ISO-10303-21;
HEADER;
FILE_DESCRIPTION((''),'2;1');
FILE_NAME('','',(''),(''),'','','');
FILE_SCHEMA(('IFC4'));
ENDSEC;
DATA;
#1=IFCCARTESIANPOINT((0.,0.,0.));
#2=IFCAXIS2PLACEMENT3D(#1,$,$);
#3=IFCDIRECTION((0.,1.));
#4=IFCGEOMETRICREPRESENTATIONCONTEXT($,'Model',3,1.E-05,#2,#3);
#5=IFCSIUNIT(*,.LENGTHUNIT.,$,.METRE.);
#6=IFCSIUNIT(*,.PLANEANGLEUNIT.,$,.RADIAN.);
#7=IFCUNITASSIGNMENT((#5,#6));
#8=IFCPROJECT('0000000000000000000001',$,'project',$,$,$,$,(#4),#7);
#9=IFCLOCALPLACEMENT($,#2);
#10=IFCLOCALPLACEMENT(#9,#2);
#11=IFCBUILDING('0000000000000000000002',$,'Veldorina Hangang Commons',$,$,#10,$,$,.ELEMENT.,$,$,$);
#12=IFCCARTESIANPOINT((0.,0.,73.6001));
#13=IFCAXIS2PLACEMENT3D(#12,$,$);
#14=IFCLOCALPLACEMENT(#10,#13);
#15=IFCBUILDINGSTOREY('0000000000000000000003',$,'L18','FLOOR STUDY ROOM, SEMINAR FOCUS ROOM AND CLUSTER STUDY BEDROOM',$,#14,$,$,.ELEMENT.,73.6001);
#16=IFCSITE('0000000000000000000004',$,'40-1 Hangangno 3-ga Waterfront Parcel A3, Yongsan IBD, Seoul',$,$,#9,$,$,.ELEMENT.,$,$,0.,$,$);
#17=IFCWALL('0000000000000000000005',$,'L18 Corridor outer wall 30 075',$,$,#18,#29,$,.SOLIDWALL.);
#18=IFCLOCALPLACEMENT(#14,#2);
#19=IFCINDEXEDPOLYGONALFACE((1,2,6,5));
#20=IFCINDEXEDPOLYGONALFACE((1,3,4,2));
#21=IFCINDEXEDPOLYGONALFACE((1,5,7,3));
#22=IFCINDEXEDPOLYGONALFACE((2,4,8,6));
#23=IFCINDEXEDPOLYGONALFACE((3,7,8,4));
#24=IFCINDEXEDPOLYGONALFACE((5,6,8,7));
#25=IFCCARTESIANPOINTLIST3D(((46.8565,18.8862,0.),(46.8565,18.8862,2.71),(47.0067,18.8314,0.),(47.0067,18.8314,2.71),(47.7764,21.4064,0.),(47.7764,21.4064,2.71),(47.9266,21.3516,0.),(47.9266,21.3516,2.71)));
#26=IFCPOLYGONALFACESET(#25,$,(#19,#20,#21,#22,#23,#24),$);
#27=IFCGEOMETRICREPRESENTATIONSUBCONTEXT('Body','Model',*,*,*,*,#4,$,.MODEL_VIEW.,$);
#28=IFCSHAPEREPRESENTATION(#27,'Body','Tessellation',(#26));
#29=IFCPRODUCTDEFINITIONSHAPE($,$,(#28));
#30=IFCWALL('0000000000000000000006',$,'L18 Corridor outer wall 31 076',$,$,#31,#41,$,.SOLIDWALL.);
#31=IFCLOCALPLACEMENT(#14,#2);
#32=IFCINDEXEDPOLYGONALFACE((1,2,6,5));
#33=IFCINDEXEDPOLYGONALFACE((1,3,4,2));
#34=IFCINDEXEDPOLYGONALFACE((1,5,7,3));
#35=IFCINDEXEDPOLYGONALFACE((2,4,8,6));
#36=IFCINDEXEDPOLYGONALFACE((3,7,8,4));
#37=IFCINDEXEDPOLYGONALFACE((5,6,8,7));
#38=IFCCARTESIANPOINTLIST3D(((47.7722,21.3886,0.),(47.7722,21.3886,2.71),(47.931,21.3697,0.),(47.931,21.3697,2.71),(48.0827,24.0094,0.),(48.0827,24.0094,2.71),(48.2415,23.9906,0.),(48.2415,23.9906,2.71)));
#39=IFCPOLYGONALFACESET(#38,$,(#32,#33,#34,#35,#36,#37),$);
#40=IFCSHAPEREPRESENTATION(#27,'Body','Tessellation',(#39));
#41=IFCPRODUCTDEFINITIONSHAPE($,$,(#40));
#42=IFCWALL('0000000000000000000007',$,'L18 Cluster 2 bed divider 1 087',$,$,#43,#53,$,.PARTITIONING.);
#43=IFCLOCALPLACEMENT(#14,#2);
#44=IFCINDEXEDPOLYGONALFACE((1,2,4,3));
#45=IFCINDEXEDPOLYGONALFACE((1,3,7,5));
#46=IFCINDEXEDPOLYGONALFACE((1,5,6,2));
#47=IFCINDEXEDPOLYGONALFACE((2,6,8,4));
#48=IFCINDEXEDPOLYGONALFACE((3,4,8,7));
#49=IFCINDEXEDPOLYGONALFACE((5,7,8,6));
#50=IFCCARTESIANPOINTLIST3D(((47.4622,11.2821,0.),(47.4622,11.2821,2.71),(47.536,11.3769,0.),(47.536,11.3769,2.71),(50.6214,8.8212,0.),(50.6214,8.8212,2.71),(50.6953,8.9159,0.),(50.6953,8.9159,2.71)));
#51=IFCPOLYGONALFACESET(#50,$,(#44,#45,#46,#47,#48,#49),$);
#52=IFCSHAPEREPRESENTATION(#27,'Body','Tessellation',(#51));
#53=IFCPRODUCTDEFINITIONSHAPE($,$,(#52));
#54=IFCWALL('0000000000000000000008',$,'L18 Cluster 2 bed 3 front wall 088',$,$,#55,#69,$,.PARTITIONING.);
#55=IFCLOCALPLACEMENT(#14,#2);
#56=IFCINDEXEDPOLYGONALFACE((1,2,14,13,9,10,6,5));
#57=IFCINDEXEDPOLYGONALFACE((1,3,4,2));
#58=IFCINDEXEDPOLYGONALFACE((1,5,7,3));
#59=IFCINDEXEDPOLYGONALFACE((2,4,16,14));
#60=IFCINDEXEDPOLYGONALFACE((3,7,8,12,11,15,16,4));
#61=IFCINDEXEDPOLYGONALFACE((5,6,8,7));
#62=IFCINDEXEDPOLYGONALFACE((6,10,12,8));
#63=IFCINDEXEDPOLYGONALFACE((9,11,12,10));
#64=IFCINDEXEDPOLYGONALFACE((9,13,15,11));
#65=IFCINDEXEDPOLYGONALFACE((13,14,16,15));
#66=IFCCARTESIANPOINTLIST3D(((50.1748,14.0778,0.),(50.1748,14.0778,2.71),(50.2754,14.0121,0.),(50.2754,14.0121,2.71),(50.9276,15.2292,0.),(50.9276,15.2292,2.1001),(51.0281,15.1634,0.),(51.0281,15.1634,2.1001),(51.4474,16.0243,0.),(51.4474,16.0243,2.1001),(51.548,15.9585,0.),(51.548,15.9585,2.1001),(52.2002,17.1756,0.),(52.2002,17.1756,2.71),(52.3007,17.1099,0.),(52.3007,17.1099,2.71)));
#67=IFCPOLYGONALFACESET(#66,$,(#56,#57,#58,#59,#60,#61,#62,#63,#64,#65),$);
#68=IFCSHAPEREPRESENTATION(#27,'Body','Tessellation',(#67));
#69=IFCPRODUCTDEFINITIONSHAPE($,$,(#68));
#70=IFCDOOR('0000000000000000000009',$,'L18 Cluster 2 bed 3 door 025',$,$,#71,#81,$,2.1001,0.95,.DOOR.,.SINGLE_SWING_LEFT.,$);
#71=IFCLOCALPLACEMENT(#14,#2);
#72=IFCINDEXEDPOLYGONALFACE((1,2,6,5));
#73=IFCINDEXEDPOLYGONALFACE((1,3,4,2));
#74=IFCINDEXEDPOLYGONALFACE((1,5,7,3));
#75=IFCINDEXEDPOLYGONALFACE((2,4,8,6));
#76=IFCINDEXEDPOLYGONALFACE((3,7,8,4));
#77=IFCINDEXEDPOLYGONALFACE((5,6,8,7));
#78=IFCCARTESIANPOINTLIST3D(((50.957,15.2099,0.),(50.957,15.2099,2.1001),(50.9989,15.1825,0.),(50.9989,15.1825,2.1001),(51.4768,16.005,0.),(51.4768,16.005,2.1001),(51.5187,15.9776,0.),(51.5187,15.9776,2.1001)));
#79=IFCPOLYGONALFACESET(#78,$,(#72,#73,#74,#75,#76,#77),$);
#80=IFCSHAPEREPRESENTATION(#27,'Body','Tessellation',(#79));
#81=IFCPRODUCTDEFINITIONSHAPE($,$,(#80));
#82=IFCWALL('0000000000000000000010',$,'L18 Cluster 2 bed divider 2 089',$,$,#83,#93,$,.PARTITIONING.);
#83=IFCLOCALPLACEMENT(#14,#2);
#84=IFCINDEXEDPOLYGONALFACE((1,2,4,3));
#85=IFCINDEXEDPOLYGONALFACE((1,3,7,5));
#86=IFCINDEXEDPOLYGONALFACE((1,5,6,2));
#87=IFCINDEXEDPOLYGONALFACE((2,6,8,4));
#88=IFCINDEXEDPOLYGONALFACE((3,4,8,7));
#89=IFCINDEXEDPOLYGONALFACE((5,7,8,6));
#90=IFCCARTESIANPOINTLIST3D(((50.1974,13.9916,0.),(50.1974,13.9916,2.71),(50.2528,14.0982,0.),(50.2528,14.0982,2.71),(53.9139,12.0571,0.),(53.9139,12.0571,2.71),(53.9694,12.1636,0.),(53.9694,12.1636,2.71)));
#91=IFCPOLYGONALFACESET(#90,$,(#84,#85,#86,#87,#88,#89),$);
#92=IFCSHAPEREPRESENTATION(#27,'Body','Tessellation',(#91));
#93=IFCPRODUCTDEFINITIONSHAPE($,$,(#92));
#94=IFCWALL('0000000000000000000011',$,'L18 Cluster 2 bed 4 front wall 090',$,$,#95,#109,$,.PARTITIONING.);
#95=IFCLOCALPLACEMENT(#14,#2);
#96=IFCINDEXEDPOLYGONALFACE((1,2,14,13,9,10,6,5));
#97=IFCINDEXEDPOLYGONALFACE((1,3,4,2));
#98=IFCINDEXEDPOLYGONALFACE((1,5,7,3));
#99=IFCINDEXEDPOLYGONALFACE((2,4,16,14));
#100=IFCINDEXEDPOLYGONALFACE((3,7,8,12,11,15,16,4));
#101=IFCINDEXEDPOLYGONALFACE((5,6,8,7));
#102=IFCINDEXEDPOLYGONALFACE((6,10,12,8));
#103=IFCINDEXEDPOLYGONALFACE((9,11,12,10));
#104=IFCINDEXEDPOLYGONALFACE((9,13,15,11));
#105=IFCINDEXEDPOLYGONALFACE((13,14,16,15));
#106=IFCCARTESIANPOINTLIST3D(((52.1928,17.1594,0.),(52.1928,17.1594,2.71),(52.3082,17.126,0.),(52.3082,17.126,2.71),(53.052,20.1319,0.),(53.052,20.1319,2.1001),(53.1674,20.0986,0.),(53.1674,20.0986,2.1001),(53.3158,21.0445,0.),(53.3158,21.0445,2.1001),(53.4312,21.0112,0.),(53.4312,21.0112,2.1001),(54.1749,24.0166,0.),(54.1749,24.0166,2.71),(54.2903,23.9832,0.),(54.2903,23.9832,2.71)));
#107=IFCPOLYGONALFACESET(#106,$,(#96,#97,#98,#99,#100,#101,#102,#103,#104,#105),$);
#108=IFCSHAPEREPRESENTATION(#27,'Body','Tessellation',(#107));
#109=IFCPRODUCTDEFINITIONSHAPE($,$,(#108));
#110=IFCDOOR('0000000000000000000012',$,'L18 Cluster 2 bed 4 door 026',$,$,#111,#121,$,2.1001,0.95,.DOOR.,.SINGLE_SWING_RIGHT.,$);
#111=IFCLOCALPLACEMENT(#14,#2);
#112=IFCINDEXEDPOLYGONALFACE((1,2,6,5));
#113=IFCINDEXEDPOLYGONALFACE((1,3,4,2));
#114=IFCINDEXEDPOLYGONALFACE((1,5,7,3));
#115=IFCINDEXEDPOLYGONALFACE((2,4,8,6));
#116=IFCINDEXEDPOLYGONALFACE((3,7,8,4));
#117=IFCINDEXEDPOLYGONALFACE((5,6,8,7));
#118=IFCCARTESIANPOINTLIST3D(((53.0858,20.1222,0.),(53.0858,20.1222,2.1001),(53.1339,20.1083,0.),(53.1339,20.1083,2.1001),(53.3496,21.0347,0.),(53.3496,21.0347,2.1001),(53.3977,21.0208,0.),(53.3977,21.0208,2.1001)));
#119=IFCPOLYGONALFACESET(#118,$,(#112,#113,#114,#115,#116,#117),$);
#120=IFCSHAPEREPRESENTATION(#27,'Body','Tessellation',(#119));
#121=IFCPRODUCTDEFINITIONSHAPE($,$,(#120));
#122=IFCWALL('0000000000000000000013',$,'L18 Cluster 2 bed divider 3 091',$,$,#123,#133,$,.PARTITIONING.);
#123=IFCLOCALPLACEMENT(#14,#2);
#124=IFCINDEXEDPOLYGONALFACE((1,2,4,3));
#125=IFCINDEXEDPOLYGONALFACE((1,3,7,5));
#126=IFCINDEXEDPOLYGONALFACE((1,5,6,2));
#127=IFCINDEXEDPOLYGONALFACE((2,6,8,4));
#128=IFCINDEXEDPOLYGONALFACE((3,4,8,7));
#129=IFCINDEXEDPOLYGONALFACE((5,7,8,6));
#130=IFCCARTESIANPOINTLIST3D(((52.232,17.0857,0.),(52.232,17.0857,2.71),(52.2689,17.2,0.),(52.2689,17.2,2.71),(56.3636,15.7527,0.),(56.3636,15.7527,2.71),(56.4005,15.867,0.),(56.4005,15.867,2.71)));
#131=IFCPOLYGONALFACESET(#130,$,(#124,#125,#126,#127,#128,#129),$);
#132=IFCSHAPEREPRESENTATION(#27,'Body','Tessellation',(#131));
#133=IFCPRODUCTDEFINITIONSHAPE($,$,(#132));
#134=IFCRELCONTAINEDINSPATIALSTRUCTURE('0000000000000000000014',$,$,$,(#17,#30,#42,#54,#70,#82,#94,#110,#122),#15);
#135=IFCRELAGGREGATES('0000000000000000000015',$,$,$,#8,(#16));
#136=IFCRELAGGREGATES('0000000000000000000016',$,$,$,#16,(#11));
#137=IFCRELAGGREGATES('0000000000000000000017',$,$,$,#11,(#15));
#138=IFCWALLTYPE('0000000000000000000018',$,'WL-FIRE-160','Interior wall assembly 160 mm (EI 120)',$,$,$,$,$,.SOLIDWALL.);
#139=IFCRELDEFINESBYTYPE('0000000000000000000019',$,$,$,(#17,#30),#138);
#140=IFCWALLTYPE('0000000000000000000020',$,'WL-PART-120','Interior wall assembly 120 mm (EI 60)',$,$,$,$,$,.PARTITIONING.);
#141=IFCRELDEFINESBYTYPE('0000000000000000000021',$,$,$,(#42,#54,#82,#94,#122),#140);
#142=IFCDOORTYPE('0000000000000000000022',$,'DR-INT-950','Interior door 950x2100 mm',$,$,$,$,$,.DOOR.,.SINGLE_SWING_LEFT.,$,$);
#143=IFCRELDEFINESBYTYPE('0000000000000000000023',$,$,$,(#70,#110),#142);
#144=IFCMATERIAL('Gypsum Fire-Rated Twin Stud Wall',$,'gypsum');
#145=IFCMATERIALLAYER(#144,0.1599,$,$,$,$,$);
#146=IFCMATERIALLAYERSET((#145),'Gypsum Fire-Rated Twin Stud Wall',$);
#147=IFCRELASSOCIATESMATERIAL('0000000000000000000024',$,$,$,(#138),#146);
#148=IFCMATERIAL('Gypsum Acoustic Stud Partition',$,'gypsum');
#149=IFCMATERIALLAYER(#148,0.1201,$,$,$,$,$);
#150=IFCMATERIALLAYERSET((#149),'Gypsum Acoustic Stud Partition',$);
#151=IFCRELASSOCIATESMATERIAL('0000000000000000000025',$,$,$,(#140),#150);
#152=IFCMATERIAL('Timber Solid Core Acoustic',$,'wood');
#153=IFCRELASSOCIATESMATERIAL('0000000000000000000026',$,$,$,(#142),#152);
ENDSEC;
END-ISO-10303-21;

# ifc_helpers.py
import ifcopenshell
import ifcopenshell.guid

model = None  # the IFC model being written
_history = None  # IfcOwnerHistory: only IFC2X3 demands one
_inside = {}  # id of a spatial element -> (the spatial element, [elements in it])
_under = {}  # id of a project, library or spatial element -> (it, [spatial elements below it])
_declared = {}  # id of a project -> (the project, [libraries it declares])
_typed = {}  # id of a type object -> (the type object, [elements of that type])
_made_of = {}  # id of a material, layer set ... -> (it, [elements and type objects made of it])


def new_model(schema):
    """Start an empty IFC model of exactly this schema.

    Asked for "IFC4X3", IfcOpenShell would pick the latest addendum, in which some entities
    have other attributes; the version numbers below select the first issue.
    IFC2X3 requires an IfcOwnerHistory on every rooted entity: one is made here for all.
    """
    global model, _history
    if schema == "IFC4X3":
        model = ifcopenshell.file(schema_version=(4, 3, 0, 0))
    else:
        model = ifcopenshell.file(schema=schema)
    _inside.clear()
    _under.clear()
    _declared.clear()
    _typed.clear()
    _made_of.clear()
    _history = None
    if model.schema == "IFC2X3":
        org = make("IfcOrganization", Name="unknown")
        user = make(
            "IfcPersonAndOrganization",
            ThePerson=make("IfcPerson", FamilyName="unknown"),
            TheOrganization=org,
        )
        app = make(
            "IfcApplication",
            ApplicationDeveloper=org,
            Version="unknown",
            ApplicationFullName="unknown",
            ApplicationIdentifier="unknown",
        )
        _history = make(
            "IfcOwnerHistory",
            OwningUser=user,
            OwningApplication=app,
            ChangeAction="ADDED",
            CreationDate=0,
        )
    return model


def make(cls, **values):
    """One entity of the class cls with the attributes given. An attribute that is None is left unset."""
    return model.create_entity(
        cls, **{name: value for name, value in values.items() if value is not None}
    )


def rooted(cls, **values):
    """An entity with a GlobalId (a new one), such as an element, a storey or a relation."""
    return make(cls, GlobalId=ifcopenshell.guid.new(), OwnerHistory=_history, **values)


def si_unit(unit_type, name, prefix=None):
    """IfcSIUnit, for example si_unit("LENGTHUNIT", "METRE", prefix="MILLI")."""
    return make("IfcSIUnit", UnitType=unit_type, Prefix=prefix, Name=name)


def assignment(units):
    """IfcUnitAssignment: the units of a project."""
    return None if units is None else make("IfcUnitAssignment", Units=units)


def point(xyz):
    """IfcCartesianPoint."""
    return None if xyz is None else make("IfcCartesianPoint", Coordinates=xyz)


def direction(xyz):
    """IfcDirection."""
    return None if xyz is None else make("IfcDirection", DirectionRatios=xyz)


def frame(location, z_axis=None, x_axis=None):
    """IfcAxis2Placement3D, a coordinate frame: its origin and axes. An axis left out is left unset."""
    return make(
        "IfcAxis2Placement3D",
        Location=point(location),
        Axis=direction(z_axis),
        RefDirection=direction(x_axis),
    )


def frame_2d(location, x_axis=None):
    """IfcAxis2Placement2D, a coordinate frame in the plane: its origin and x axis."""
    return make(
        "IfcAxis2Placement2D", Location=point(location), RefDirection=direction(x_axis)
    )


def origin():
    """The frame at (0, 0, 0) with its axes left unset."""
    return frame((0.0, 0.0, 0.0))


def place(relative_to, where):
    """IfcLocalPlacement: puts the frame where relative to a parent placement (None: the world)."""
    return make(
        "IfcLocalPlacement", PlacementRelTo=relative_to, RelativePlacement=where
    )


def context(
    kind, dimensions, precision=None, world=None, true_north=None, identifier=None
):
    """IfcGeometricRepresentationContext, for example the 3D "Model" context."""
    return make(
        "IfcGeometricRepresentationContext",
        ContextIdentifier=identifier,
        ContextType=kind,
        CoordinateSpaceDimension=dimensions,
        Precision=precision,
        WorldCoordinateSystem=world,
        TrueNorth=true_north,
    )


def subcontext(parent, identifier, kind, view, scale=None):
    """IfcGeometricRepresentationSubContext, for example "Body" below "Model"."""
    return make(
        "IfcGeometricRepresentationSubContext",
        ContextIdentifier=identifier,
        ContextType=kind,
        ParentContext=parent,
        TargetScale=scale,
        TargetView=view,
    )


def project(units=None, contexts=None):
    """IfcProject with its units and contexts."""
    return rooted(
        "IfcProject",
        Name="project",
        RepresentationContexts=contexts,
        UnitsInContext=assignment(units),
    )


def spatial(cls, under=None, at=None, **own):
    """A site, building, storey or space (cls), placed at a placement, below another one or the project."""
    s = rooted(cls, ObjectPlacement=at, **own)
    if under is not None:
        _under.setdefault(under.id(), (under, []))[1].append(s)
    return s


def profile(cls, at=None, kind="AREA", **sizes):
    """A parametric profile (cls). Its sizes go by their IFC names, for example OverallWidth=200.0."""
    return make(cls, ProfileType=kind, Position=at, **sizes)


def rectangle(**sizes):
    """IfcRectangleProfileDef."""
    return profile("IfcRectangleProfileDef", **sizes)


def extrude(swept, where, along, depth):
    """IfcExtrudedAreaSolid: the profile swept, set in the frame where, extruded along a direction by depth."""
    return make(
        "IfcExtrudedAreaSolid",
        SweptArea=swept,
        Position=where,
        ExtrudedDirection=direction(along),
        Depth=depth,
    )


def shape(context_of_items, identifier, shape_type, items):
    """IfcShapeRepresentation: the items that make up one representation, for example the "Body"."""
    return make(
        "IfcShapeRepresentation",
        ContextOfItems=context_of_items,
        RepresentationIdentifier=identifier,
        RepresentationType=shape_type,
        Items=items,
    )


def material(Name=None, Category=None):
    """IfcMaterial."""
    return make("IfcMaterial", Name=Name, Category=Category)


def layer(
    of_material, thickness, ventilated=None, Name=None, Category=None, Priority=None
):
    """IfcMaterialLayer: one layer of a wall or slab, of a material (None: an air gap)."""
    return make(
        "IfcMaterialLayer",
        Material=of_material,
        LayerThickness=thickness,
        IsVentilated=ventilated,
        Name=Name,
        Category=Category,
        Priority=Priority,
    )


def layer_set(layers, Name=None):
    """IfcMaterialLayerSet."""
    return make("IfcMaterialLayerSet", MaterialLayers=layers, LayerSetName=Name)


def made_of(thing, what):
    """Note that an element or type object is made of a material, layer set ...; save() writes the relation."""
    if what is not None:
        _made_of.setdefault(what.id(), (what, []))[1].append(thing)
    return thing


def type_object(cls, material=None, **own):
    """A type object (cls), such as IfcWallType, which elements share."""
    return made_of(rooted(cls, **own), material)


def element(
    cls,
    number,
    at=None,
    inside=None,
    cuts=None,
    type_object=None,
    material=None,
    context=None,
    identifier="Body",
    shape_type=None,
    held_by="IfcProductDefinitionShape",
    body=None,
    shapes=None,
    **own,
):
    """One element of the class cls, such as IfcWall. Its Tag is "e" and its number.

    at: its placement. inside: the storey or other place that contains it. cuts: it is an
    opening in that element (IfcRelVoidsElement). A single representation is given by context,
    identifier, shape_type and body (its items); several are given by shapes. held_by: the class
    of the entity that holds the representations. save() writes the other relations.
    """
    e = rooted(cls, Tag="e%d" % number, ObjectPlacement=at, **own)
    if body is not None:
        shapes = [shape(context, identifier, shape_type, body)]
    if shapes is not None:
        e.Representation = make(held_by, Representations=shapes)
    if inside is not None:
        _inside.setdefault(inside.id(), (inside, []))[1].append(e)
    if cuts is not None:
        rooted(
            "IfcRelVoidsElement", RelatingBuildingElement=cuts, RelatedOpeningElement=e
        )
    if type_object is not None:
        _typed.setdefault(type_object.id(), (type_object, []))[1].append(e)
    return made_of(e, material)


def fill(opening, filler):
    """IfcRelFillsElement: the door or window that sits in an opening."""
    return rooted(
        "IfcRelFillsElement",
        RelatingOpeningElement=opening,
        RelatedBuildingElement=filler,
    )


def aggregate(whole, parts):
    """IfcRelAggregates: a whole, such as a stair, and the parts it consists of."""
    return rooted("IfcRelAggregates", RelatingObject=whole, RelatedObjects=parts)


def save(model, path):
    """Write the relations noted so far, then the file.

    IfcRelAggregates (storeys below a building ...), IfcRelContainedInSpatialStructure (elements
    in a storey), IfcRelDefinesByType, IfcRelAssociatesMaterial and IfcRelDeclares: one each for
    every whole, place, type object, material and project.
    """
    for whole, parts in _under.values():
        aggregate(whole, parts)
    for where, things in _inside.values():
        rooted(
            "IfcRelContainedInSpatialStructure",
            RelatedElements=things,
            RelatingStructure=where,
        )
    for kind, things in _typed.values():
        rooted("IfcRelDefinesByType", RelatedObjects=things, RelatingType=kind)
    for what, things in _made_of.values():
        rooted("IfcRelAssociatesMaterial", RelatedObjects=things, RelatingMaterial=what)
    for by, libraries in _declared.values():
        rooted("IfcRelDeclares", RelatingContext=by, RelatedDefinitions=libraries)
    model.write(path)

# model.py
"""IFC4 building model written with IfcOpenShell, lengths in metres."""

from ifc_helpers import new_model, si_unit, direction, frame, frame_2d, origin, place, context, subcontext, project, spatial, rectangle, extrude, material, layer, layer_set, type_object, element, fill, save


model = new_model("IFC4")

# Units and contexts
model_context = context("Model", 3, precision=1e-05, world=origin(), true_north=direction((0.0, 1.0)))
body_context = subcontext(model_context, "Body", "Model", "MODEL_VIEW")
ifc_project = project(units=[si_unit("LENGTHUNIT", "METRE"), si_unit("PLANEANGLEUNIT", "RADIAN")], contexts=[model_context])

# Site, building, storey
site_placement = place(None, origin())
site = spatial("IfcSite", under=ifc_project, at=site_placement, Name="40-1 Hangangno 3-ga Waterfront Parcel A3, Yongsan IBD, Seoul", CompositionType="ELEMENT", RefElevation=0.0)
building_placement = place(site_placement, origin())
building = spatial("IfcBuilding", under=site, at=building_placement, Name="Veldorina Hangang Commons", CompositionType="ELEMENT")
storey_placement = place(building_placement, frame((0.0, 0.0, 73.6001)))
storey = spatial("IfcBuildingStorey", under=building, at=storey_placement, Name="L18", Description="FLOOR STUDY ROOM, SEMINAR FOCUS ROOM AND CLUSTER STUDY BEDROOM", CompositionType="ELEMENT", Elevation=73.6001)

# Walls
ifc_material_1 = material(Name="Gypsum Fire-Rated Twin Stud Wall", Category="gypsum")
ifc_layer_1 = layer(ifc_material_1, 0.1599)
ifc_layer_set_1 = layer_set([ifc_layer_1], Name="Gypsum Fire-Rated Twin Stud Wall")
wall_type_1 = type_object("IfcWallType", Name="WL-FIRE-160", Description="Interior wall assembly 160 mm (EI 120)", PredefinedType="SOLIDWALL", material=ifc_layer_set_1)
wall_1_placement = place(storey_placement, frame((46.9316, 18.8589, 0.0), z_axis=(0.0, 0.0, 1.0), x_axis=(0.342883, 0.939378, 0.0)))
element("IfcWall", 1, at=wall_1_placement, inside=storey, type_object=wall_type_1, Name="L18 Corridor outer wall 30 075", PredefinedType="SOLIDWALL", context=body_context, shape_type="SweptSolid", body=[
    extrude(rectangle(XDim=2.6829, YDim=0.1599, at=frame_2d((1.3413, 0.0))), origin(), (0.0, 0.0, 1.0), 2.71),
])
wall_2_placement = place(storey_placement, frame((47.8516, 21.3792, 0.0), z_axis=(0.0, 0.0, 1.0), x_axis=(0.117668, 0.993053, 0.0)))
element("IfcWall", 2, at=wall_2_placement, inside=storey, type_object=wall_type_1, Name="L18 Corridor outer wall 31 076", PredefinedType="SOLIDWALL", context=body_context, shape_type="SweptSolid", body=[
    extrude(rectangle(XDim=2.6392, YDim=0.1599, at=frame_2d((1.3196, 0.0))), origin(), (0.0, 0.0, 1.0), 2.71),
])
ifc_material_2 = material(Name="Gypsum Acoustic Stud Partition", Category="gypsum")
ifc_layer_2 = layer(ifc_material_2, 0.1201)
ifc_layer_set_2 = layer_set([ifc_layer_2], Name="Gypsum Acoustic Stud Partition")
wall_type_2 = type_object("IfcWallType", Name="WL-PART-120", Description="Interior wall assembly 120 mm (EI 60)", PredefinedType="PARTITIONING", material=ifc_layer_set_2)
wall_3_placement = place(storey_placement, frame((47.499, 11.3296, 0.0), z_axis=(0.0, 0.0, 1.0), x_axis=(0.788892, -0.614531, 0.0)))
element("IfcWall", 3, at=wall_3_placement, inside=storey, type_object=wall_type_2, Name="L18 Cluster 2 bed divider 1 087", PredefinedType="PARTITIONING", context=body_context, shape_type="SweptSolid", body=[
    extrude(rectangle(XDim=4.0046, YDim=0.1201, at=frame_2d((2.0024, 0.0))), origin(), (0.0, 0.0, 1.0), 2.71),
])

# Wall, opening, door
wall_4_placement = place(storey_placement, frame((50.2251, 14.0449, 0.0), z_axis=(0.0, 0.0, 1.0), x_axis=(0.547219, 0.836989, 0.0)))
wall_4 = element("IfcWall", 4, at=wall_4_placement, inside=storey, type_object=wall_type_2, Name="L18 Cluster 2 bed 3 front wall 088", PredefinedType="PARTITIONING", context=body_context, shape_type="SweptSolid", body=[
    extrude(rectangle(XDim=3.7012, YDim=0.1201, at=frame_2d((1.8506, 0.0))), origin(), (0.0, 0.0, 1.0), 2.71),
])
opening_1_placement = place(wall_4_placement, frame((1.3755, 0.0, 0.0)))
opening_1 = element("IfcOpeningElement", 5, at=opening_1_placement, cuts=wall_4, PredefinedType="OPENING", context=body_context, shape_type="SweptSolid", body=[
    extrude(rectangle(XDim=0.95, YDim=2.1001, at=frame_2d((0.4751, 1.05))), frame((0.0, 0.0701, 0.0), z_axis=(0.0, -1.0, 0.0), x_axis=(1.0, 0.0, 0.0)), (0.0, 0.0, 1.0), 0.1401),
])
ifc_material_3 = material(Name="Timber Solid Core Acoustic", Category="wood")
door_type = type_object("IfcDoorType", Name="DR-INT-950", Description="Interior door 950x2100 mm", OperationType="SINGLE_SWING_LEFT", PredefinedType="DOOR", material=ifc_material_3)
door_1_placement = place(opening_1_placement, origin())
door_1 = element("IfcDoor", 6, at=door_1_placement, inside=storey, type_object=door_type, Name="L18 Cluster 2 bed 3 door 025", OperationType="SINGLE_SWING_LEFT", OverallHeight=2.1001, OverallWidth=0.95, PredefinedType="DOOR", context=body_context, shape_type="SweptSolid", body=[
    extrude(rectangle(XDim=0.95, YDim=2.1001, at=frame_2d((0.4751, 1.05))), frame((0.0, 0.0249, 0.0), z_axis=(0.0, -1.0, 0.0), x_axis=(1.0, 0.0, 0.0)), (0.0, 0.0, 1.0), 0.05),
])
fill(opening_1, door_1)

# Wall
wall_5_placement = place(storey_placement, frame((50.2251, 14.0449, 0.0), z_axis=(0.0, 0.0, 1.0), x_axis=(0.887025, -0.461721, 0.0)))
element("IfcWall", 7, at=wall_5_placement, inside=storey, type_object=wall_type_2, Name="L18 Cluster 2 bed divider 2 089", PredefinedType="PARTITIONING", context=body_context, shape_type="SweptSolid", body=[
    extrude(rectangle(XDim=4.1899, YDim=0.1201, at=frame_2d((2.095, 0.0))), origin(), (0.0, 0.0, 1.0), 2.71),
])

# Wall, opening, door
wall_6_placement = place(storey_placement, frame((52.2505, 17.1428, 0.0), z_axis=(0.0, 0.0, 1.0), x_axis=(0.277697, 0.960669, 0.0)))
wall_6 = element("IfcWall", 8, at=wall_6_placement, inside=storey, type_object=wall_type_2, Name="L18 Cluster 2 bed 4 front wall 090", PredefinedType="PARTITIONING", context=body_context, shape_type="SweptSolid", body=[
    extrude(rectangle(XDim=7.1379, YDim=0.1201, at=frame_2d((3.5688, 0.0))), origin(), (0.0, 0.0, 1.0), 2.71),
])
opening_2_placement = place(wall_6_placement, frame((3.094, 0.0, 0.0)))
opening_2 = element("IfcOpeningElement", 9, at=opening_2_placement, cuts=wall_6, PredefinedType="OPENING", context=body_context, shape_type="SweptSolid", body=[
    extrude(rectangle(XDim=0.95, YDim=2.1001, at=frame_2d((0.4751, 1.05))), frame((0.0, 0.0701, 0.0), z_axis=(0.0, -1.0, 0.0), x_axis=(1.0, 0.0, 0.0)), (0.0, 0.0, 1.0), 0.1401),
])
door_2_placement = place(opening_2_placement, origin())
door_2 = element("IfcDoor", 10, at=door_2_placement, inside=storey, type_object=door_type, Name="L18 Cluster 2 bed 4 door 026", OperationType="SINGLE_SWING_RIGHT", OverallHeight=2.1001, OverallWidth=0.95, PredefinedType="DOOR", context=body_context, shape_type="SweptSolid", body=[
    extrude(rectangle(XDim=0.95, YDim=2.1001, at=frame_2d((0.4751, 1.05))), frame((0.0, 0.0249, 0.0), z_axis=(0.0, -1.0, 0.0), x_axis=(1.0, 0.0, 0.0)), (0.0, 0.0, 1.0), 0.05),
])
fill(opening_2, door_2)

# Wall
wall_7_placement = place(storey_placement, frame((52.2505, 17.1428, 0.0), z_axis=(0.0, 0.0, 1.0), x_axis=(0.951693, -0.307052, 0.0)))
element("IfcWall", 11, at=wall_7_placement, inside=storey, type_object=wall_type_2, Name="L18 Cluster 2 bed divider 3 091", PredefinedType="PARTITIONING", context=body_context, shape_type="SweptSolid", body=[
    extrude(rectangle(XDim=4.3413, YDim=0.1201, at=frame_2d((2.1707, 0.0))), origin(), (0.0, 0.0, 1.0), 2.71),
])

save(model, "model.ifc")
